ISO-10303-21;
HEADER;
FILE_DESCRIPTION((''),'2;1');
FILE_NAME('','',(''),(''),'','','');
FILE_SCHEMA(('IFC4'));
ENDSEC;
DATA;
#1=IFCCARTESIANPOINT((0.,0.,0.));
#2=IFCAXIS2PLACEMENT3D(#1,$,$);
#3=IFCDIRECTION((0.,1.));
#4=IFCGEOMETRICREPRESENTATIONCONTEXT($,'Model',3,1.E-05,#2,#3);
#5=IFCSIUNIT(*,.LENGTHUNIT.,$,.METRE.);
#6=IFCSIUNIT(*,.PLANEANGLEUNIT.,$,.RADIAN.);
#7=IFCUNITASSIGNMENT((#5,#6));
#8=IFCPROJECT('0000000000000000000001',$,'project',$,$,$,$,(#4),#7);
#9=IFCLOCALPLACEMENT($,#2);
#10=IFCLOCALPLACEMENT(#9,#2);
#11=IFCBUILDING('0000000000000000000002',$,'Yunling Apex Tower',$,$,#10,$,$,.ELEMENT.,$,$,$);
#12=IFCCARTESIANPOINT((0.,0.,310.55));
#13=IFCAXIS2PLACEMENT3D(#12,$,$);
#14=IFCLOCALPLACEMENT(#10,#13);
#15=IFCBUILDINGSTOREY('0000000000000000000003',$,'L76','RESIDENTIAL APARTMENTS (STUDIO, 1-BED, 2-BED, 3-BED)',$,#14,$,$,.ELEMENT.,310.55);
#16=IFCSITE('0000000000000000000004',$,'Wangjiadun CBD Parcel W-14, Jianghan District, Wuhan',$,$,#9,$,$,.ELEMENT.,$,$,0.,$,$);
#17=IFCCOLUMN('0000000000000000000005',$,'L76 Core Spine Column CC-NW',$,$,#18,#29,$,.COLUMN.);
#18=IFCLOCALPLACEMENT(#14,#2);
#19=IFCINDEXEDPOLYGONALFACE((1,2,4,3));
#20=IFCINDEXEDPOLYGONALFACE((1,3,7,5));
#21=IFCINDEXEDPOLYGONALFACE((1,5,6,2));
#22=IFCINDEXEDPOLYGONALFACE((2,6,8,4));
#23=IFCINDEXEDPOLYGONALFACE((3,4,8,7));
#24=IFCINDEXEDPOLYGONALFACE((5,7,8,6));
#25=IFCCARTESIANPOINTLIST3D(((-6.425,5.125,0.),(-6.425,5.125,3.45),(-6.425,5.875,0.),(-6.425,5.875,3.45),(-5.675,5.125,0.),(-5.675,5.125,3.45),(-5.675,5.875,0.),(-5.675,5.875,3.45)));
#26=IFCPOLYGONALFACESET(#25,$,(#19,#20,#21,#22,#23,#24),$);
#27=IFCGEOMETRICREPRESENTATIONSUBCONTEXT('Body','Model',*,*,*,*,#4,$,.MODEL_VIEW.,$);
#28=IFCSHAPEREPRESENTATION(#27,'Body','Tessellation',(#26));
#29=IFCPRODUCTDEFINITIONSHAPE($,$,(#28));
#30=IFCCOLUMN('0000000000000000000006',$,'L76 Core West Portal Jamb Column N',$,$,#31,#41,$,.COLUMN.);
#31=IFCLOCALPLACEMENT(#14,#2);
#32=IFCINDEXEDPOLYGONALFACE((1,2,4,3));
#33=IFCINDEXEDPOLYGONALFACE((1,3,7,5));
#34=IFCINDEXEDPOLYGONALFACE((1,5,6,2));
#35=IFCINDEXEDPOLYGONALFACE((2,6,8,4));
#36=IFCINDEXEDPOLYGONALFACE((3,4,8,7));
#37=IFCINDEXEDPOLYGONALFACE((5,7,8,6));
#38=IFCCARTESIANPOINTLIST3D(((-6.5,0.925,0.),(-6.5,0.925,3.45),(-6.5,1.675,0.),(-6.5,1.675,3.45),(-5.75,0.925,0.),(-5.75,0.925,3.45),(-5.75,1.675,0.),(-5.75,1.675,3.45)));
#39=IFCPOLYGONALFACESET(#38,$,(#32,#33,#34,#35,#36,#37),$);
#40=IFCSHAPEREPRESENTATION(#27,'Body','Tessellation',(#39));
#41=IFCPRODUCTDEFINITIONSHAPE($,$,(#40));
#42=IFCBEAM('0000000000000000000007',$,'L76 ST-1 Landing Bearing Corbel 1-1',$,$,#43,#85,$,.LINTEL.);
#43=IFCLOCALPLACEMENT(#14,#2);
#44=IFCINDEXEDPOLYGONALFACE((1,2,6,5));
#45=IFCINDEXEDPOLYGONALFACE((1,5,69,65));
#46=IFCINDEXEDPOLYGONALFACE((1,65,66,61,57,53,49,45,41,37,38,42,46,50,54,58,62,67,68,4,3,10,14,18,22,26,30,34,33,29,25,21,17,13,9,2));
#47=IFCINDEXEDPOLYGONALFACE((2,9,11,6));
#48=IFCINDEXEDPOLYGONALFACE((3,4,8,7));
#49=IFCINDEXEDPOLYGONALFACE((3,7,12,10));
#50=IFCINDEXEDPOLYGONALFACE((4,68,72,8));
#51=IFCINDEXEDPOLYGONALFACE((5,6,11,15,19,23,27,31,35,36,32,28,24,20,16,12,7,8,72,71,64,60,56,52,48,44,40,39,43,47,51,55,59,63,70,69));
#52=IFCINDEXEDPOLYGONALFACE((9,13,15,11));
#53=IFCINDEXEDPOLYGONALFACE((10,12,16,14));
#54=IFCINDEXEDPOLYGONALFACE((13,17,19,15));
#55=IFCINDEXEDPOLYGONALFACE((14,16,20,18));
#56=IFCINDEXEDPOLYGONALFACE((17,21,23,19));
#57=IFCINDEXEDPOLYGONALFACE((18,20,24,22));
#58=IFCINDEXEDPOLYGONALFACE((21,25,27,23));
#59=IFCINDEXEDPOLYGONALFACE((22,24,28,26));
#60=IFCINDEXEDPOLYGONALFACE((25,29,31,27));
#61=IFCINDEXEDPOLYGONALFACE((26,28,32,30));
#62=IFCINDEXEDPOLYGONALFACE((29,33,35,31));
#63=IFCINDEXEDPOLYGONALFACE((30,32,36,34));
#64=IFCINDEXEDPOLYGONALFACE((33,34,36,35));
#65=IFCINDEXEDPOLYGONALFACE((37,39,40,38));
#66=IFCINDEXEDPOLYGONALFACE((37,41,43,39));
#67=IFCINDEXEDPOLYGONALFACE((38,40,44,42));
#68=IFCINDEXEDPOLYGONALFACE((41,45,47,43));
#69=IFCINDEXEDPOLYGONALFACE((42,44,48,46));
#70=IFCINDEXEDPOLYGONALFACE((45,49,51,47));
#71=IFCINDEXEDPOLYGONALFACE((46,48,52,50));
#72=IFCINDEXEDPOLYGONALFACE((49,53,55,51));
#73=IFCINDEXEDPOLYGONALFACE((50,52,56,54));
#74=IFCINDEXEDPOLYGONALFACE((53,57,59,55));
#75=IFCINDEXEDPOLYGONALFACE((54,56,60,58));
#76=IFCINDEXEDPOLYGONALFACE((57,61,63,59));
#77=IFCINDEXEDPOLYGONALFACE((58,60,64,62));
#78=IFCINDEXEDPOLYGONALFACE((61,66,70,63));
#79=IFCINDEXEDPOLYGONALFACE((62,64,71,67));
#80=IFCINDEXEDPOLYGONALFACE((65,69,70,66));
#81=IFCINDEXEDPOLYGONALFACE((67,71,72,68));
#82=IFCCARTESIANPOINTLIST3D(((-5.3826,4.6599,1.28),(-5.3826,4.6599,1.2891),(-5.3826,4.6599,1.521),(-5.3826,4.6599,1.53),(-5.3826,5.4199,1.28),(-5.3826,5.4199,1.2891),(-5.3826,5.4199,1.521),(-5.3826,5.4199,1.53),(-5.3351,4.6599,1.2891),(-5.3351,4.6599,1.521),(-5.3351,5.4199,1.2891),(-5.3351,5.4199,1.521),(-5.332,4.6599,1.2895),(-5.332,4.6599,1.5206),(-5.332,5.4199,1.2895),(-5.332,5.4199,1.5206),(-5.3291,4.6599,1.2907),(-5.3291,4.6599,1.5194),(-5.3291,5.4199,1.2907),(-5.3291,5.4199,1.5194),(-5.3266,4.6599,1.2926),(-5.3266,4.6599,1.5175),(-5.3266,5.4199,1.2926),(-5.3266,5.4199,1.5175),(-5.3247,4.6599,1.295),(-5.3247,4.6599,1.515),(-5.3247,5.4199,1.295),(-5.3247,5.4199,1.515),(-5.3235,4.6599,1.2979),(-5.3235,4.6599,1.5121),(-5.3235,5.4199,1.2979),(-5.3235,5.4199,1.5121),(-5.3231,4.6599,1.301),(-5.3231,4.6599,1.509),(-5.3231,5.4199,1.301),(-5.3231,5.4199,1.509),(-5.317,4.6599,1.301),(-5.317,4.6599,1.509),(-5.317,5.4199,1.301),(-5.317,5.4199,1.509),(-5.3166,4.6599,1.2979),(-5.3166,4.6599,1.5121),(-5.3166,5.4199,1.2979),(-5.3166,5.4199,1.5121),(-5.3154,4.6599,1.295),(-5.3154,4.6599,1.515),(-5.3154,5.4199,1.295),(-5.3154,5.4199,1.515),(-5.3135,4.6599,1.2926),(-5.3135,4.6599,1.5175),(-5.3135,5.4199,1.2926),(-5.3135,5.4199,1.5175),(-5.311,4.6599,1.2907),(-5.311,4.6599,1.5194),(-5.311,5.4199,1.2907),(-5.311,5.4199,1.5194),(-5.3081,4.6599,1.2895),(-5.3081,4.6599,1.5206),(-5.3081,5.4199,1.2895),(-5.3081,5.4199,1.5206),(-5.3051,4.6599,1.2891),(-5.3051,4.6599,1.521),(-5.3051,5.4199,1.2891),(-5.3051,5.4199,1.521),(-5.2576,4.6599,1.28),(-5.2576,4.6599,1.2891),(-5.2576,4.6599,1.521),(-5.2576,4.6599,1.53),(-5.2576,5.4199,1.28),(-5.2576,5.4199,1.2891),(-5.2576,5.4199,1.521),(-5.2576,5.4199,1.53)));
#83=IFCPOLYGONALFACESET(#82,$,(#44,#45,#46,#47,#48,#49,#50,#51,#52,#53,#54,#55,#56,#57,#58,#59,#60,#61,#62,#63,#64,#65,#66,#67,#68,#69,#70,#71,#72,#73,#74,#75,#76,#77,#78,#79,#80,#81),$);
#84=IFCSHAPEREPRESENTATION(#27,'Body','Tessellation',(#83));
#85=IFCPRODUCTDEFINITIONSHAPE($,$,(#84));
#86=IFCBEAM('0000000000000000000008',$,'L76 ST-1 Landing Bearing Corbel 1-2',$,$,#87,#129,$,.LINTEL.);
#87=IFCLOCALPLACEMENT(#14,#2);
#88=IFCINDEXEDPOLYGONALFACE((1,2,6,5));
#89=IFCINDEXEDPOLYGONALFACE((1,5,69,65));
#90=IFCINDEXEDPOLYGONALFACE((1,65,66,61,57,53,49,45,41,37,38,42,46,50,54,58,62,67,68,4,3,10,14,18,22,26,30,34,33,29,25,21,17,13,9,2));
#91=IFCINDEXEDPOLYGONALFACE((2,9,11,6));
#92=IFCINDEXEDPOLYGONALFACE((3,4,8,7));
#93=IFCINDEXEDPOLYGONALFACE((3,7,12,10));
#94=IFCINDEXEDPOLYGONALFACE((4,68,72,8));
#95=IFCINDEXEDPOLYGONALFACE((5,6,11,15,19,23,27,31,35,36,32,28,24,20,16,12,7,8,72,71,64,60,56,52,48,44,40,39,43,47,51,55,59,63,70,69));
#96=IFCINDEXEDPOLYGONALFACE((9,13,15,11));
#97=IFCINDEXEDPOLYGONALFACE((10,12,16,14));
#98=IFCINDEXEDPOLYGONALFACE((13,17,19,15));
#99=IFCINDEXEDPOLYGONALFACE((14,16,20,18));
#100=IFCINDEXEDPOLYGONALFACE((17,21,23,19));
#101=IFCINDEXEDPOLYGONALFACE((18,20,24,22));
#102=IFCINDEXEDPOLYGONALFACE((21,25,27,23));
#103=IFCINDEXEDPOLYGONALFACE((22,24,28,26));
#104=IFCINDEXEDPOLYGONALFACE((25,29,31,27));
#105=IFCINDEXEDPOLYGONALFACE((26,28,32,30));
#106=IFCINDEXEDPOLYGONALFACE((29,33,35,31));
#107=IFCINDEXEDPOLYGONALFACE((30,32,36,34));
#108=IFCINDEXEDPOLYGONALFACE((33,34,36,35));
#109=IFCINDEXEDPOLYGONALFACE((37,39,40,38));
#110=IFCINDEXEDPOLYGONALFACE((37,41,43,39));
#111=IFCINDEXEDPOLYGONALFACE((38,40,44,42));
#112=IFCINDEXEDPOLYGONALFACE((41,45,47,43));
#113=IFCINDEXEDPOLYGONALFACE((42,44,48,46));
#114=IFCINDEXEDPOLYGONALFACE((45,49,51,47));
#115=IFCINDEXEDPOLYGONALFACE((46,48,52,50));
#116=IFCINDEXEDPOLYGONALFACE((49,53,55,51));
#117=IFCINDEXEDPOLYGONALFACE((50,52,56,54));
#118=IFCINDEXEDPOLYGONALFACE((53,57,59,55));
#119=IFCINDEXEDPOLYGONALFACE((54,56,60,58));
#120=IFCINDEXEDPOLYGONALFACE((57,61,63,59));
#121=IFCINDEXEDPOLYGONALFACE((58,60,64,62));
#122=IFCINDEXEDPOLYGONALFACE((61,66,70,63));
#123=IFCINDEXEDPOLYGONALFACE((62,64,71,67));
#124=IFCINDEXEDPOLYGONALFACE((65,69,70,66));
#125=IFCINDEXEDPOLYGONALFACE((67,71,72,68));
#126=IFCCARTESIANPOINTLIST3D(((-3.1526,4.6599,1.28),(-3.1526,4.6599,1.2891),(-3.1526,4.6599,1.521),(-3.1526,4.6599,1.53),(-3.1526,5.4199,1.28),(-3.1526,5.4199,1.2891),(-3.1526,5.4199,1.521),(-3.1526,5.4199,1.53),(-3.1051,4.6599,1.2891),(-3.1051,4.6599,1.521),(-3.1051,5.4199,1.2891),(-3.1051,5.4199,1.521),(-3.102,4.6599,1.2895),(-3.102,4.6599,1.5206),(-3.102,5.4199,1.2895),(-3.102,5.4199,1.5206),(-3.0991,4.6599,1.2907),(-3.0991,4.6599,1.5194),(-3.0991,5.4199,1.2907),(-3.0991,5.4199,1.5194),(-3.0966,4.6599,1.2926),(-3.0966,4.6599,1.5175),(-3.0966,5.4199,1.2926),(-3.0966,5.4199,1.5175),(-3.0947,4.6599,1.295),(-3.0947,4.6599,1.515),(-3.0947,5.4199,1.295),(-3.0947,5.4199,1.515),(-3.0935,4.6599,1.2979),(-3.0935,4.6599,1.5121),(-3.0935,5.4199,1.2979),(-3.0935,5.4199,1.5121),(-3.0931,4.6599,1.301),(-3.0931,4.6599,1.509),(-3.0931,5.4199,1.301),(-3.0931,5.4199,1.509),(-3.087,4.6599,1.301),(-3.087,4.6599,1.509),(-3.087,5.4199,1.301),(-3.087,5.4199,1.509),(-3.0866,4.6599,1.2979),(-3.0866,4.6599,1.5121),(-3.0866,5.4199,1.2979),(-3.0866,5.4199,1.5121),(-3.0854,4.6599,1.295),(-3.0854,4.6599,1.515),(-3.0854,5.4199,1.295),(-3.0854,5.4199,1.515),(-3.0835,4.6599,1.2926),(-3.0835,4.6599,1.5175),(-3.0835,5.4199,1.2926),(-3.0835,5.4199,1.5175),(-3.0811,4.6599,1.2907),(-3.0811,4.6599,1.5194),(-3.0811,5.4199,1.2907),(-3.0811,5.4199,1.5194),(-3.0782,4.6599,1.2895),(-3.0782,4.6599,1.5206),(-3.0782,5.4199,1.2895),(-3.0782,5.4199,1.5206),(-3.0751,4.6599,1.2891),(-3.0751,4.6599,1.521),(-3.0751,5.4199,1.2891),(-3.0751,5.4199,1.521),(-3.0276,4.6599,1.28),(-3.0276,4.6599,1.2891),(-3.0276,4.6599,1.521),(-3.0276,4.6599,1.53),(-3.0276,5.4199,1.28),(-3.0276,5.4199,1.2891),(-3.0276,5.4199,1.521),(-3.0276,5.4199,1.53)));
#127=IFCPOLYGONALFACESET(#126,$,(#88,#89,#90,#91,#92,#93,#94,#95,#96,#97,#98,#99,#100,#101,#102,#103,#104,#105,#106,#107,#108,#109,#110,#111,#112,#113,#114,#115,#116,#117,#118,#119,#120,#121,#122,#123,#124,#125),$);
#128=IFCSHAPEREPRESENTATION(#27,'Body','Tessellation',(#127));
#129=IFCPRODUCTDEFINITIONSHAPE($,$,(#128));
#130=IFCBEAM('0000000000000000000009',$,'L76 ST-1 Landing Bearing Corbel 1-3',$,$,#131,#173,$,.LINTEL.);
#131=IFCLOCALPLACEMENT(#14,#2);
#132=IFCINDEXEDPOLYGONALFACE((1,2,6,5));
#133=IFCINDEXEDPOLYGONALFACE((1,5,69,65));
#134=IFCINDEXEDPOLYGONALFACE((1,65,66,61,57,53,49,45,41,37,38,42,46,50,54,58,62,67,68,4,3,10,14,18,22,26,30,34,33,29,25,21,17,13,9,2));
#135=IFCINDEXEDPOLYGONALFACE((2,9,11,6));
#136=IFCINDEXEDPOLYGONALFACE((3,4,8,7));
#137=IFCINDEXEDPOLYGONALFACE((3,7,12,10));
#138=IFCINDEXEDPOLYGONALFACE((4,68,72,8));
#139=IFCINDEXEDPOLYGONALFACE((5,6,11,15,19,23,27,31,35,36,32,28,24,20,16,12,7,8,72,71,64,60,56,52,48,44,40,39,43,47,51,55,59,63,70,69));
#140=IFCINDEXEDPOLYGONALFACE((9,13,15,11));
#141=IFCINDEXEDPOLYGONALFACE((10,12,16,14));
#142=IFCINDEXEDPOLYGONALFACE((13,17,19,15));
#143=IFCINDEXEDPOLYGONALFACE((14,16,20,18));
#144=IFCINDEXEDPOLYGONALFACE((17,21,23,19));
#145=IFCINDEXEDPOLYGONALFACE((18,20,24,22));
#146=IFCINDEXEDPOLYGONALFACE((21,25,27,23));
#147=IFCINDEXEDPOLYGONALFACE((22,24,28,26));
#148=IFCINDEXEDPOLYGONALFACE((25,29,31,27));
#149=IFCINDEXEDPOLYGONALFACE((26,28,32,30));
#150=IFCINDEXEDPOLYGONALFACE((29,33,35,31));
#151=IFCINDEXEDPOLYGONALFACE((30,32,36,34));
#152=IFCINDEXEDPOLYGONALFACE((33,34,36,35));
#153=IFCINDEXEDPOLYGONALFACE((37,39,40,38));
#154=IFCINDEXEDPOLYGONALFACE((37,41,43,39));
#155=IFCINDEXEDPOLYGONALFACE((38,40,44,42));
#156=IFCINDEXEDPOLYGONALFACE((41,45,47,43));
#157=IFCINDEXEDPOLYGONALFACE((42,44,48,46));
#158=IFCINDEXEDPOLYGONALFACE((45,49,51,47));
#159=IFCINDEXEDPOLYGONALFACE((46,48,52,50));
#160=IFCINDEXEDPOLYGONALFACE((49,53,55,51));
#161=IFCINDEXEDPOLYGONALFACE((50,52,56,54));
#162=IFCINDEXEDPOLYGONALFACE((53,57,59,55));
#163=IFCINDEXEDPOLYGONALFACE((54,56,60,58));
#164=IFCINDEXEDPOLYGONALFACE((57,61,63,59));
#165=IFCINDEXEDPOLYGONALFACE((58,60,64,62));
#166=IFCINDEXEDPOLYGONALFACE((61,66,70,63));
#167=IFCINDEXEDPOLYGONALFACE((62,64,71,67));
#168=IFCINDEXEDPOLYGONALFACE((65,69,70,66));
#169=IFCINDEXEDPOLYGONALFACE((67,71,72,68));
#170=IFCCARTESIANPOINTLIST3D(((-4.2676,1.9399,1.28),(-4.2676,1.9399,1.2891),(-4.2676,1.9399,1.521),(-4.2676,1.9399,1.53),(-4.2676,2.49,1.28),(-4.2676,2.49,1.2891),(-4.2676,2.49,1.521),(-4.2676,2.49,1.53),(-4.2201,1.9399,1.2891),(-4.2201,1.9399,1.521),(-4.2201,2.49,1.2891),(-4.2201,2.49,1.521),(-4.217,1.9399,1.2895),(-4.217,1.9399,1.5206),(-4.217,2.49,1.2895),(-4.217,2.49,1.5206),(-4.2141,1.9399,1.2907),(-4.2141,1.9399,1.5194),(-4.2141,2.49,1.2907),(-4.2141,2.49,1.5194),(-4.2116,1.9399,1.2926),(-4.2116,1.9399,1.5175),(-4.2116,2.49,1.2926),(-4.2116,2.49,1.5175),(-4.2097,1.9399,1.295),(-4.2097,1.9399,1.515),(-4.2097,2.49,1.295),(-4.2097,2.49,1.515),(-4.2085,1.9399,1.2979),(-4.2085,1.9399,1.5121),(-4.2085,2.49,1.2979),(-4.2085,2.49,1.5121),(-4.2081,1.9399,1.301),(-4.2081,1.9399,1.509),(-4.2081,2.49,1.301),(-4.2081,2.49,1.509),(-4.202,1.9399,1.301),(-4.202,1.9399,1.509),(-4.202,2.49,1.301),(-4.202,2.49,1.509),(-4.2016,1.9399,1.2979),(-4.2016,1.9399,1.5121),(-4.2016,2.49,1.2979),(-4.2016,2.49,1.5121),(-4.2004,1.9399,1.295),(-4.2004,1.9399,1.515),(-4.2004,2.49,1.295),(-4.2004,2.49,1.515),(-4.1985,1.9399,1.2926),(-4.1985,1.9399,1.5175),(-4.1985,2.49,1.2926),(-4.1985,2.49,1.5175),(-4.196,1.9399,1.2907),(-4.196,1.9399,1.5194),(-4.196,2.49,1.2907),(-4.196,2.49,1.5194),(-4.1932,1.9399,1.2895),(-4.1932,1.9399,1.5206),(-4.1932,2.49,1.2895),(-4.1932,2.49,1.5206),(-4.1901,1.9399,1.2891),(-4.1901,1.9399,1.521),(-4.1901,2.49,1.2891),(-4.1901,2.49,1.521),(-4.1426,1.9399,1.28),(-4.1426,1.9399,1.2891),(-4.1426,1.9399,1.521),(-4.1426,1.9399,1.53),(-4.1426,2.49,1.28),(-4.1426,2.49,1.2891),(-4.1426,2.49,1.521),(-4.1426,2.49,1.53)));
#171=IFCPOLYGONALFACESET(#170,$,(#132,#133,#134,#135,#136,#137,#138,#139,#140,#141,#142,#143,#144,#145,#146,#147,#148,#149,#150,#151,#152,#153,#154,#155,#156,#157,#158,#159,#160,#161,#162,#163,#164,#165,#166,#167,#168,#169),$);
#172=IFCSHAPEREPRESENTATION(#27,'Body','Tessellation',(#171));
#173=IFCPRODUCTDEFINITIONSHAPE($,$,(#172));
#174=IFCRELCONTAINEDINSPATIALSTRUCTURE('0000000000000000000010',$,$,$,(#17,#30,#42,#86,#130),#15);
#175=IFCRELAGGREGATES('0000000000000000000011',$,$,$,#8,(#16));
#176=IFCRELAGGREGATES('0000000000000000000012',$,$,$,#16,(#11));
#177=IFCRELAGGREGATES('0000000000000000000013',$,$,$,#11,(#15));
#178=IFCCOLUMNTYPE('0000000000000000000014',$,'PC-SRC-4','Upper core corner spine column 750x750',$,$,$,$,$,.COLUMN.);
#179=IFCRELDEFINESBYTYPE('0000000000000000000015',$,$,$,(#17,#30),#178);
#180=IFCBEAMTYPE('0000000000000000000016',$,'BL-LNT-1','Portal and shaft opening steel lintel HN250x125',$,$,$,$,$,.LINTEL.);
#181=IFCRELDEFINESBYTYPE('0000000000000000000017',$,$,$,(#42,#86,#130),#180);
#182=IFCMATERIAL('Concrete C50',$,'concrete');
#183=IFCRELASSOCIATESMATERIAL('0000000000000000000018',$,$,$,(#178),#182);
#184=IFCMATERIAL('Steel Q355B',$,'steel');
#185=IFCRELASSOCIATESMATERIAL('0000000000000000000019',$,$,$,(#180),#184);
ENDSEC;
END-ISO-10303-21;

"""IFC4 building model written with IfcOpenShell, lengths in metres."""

from ifc_helpers import new_model, si_unit, direction, frame, origin, origin_2d, place, context, subcontext, project, spatial, rectangle, i_section, extrude, source, transform, mapped, material, material_profile, profile_set, type_object, element, save


model = new_model("IFC4")

# Units and contexts
model_context = context("Model", 3, precision=1e-05, world=origin(), true_north=direction((0.0, 1.0)))
body_context = subcontext(model_context, "Body", "Model", "MODEL_VIEW")
ifc_project = project(units=[si_unit("LENGTHUNIT", "METRE"), si_unit("PLANEANGLEUNIT", "RADIAN")], contexts=[model_context])

# Site, building, storey
site_placement = place(None, origin())
site = spatial("IfcSite", under=ifc_project, at=site_placement, Name="Wangjiadun CBD Parcel W-14, Jianghan District, Wuhan", CompositionType="ELEMENT", RefElevation=0.0)
building_placement = place(site_placement, origin())
building = spatial("IfcBuilding", under=site, at=building_placement, Name="Yunling Apex Tower", CompositionType="ELEMENT")
storey_placement = place(building_placement, frame((0.0, 0.0, 310.55)))
storey = spatial("IfcBuildingStorey", under=building, at=storey_placement, Name="L76", Description="RESIDENTIAL APARTMENTS (STUDIO, 1-BED, 2-BED, 3-BED)", CompositionType="ELEMENT", Elevation=310.55)

# Columns
ifc_material_1 = material(Name="Concrete C50", Category="concrete")
ifc_material_profile_1 = material_profile(ifc_material_1, rectangle(XDim=0.75, YDim=0.75, at=origin_2d()))
ifc_profile_set_1 = profile_set([ifc_material_profile_1], Name="Concrete C50")
column_type = type_object("IfcColumnType", Name="PC-SRC-4", Description="Upper core corner spine column 750x750", PredefinedType="COLUMN", material=ifc_profile_set_1)
shared_shape_1 = source(origin(), body_context, "Body", "SweptSolid", [
    extrude(rectangle(XDim=0.75, YDim=0.75, at=origin_2d()), origin(), (0.0, 0.0, 1.0), 3.45),
])
for number, where, z_axis, x_axis, name in (
    (1, (-6.05, 5.5, 0.0), (0.0, 0.0, 1.0), (1.0, 0.0, 0.0), "L76 Core Spine Column CC-NW"),
    (2, (-6.125, 1.3, 0.0), (0.0, 0.0, 1.0), (1.0, 0.0, 0.0), "L76 Core West Portal Jamb Column N"),
):
    element("IfcColumn", number, at=place(storey_placement, frame(where, z_axis=z_axis, x_axis=x_axis)), inside=storey, type_object=column_type, Name=name, PredefinedType="COLUMN", context=body_context, shape_type="MappedRepresentation", body=[
        mapped(shared_shape_1, transform((0.0, 0.0, 0.0), scale=1.0)),
    ])

# Beams
ifc_material_2 = material(Name="Steel Q355B", Category="steel")
ifc_material_profile_2 = material_profile(ifc_material_2, i_section(OverallWidth=0.125, OverallDepth=0.25, WebThickness=0.0061, FlangeThickness=0.009, FilletRadius=0.012, at=origin_2d()))
ifc_profile_set_2 = profile_set([ifc_material_profile_2], Name="Steel Q355B")
beam_type_1 = type_object("IfcBeamType", Name="BL-LNT-1", Description="Portal and shaft opening steel lintel HN250x125", PredefinedType="LINTEL", material=ifc_profile_set_2)
shared_shape_2 = source(origin(), body_context, "Body", "SweptSolid", [
    extrude(i_section(OverallWidth=0.125, OverallDepth=0.25, WebThickness=0.0061, FlangeThickness=0.009, FilletRadius=0.012, at=origin_2d()), origin(), (0.0, 0.0, 1.0), 0.76),
])
for number, where, z_axis, x_axis, name in (
    (3, (-5.3201, 5.4199, 1.405), (0.0, -1.0, 0.0), (1.0, 0.0, 0.0), "L76 ST-1 Landing Bearing Corbel 1-1"),
    (4, (-3.0901, 5.4199, 1.405), (0.0, -1.0, 0.0), (1.0, 0.0, 0.0), "L76 ST-1 Landing Bearing Corbel 1-2"),
):
    element("IfcBeam", number, at=place(storey_placement, frame(where, z_axis=z_axis, x_axis=x_axis)), inside=storey, type_object=beam_type_1, Name=name, PredefinedType="LINTEL", context=body_context, shape_type="MappedRepresentation", body=[
        mapped(shared_shape_2, transform((0.0, 0.0, 0.0), scale=1.0)),
    ])
shared_shape_3 = source(origin(), body_context, "Body", "SweptSolid", [
    extrude(i_section(OverallWidth=0.125, OverallDepth=0.25, WebThickness=0.0061, FlangeThickness=0.009, FilletRadius=0.012, at=origin_2d()), origin(), (0.0, 0.0, 1.0), 0.55),
])
beam_1_placement = place(storey_placement, frame((-4.2051, 1.9399, 1.405), z_axis=(0.0, 1.0, 0.0), x_axis=(-1.0, 0.0, 0.0)))
element("IfcBeam", 5, at=beam_1_placement, inside=storey, type_object=beam_type_1, Name="L76 ST-1 Landing Bearing Corbel 1-3", PredefinedType="LINTEL", context=body_context, shape_type="MappedRepresentation", body=[
    mapped(shared_shape_3, transform((0.0, 0.0, 0.0), scale=1.0)),
])

save(model, "model.ifc")
